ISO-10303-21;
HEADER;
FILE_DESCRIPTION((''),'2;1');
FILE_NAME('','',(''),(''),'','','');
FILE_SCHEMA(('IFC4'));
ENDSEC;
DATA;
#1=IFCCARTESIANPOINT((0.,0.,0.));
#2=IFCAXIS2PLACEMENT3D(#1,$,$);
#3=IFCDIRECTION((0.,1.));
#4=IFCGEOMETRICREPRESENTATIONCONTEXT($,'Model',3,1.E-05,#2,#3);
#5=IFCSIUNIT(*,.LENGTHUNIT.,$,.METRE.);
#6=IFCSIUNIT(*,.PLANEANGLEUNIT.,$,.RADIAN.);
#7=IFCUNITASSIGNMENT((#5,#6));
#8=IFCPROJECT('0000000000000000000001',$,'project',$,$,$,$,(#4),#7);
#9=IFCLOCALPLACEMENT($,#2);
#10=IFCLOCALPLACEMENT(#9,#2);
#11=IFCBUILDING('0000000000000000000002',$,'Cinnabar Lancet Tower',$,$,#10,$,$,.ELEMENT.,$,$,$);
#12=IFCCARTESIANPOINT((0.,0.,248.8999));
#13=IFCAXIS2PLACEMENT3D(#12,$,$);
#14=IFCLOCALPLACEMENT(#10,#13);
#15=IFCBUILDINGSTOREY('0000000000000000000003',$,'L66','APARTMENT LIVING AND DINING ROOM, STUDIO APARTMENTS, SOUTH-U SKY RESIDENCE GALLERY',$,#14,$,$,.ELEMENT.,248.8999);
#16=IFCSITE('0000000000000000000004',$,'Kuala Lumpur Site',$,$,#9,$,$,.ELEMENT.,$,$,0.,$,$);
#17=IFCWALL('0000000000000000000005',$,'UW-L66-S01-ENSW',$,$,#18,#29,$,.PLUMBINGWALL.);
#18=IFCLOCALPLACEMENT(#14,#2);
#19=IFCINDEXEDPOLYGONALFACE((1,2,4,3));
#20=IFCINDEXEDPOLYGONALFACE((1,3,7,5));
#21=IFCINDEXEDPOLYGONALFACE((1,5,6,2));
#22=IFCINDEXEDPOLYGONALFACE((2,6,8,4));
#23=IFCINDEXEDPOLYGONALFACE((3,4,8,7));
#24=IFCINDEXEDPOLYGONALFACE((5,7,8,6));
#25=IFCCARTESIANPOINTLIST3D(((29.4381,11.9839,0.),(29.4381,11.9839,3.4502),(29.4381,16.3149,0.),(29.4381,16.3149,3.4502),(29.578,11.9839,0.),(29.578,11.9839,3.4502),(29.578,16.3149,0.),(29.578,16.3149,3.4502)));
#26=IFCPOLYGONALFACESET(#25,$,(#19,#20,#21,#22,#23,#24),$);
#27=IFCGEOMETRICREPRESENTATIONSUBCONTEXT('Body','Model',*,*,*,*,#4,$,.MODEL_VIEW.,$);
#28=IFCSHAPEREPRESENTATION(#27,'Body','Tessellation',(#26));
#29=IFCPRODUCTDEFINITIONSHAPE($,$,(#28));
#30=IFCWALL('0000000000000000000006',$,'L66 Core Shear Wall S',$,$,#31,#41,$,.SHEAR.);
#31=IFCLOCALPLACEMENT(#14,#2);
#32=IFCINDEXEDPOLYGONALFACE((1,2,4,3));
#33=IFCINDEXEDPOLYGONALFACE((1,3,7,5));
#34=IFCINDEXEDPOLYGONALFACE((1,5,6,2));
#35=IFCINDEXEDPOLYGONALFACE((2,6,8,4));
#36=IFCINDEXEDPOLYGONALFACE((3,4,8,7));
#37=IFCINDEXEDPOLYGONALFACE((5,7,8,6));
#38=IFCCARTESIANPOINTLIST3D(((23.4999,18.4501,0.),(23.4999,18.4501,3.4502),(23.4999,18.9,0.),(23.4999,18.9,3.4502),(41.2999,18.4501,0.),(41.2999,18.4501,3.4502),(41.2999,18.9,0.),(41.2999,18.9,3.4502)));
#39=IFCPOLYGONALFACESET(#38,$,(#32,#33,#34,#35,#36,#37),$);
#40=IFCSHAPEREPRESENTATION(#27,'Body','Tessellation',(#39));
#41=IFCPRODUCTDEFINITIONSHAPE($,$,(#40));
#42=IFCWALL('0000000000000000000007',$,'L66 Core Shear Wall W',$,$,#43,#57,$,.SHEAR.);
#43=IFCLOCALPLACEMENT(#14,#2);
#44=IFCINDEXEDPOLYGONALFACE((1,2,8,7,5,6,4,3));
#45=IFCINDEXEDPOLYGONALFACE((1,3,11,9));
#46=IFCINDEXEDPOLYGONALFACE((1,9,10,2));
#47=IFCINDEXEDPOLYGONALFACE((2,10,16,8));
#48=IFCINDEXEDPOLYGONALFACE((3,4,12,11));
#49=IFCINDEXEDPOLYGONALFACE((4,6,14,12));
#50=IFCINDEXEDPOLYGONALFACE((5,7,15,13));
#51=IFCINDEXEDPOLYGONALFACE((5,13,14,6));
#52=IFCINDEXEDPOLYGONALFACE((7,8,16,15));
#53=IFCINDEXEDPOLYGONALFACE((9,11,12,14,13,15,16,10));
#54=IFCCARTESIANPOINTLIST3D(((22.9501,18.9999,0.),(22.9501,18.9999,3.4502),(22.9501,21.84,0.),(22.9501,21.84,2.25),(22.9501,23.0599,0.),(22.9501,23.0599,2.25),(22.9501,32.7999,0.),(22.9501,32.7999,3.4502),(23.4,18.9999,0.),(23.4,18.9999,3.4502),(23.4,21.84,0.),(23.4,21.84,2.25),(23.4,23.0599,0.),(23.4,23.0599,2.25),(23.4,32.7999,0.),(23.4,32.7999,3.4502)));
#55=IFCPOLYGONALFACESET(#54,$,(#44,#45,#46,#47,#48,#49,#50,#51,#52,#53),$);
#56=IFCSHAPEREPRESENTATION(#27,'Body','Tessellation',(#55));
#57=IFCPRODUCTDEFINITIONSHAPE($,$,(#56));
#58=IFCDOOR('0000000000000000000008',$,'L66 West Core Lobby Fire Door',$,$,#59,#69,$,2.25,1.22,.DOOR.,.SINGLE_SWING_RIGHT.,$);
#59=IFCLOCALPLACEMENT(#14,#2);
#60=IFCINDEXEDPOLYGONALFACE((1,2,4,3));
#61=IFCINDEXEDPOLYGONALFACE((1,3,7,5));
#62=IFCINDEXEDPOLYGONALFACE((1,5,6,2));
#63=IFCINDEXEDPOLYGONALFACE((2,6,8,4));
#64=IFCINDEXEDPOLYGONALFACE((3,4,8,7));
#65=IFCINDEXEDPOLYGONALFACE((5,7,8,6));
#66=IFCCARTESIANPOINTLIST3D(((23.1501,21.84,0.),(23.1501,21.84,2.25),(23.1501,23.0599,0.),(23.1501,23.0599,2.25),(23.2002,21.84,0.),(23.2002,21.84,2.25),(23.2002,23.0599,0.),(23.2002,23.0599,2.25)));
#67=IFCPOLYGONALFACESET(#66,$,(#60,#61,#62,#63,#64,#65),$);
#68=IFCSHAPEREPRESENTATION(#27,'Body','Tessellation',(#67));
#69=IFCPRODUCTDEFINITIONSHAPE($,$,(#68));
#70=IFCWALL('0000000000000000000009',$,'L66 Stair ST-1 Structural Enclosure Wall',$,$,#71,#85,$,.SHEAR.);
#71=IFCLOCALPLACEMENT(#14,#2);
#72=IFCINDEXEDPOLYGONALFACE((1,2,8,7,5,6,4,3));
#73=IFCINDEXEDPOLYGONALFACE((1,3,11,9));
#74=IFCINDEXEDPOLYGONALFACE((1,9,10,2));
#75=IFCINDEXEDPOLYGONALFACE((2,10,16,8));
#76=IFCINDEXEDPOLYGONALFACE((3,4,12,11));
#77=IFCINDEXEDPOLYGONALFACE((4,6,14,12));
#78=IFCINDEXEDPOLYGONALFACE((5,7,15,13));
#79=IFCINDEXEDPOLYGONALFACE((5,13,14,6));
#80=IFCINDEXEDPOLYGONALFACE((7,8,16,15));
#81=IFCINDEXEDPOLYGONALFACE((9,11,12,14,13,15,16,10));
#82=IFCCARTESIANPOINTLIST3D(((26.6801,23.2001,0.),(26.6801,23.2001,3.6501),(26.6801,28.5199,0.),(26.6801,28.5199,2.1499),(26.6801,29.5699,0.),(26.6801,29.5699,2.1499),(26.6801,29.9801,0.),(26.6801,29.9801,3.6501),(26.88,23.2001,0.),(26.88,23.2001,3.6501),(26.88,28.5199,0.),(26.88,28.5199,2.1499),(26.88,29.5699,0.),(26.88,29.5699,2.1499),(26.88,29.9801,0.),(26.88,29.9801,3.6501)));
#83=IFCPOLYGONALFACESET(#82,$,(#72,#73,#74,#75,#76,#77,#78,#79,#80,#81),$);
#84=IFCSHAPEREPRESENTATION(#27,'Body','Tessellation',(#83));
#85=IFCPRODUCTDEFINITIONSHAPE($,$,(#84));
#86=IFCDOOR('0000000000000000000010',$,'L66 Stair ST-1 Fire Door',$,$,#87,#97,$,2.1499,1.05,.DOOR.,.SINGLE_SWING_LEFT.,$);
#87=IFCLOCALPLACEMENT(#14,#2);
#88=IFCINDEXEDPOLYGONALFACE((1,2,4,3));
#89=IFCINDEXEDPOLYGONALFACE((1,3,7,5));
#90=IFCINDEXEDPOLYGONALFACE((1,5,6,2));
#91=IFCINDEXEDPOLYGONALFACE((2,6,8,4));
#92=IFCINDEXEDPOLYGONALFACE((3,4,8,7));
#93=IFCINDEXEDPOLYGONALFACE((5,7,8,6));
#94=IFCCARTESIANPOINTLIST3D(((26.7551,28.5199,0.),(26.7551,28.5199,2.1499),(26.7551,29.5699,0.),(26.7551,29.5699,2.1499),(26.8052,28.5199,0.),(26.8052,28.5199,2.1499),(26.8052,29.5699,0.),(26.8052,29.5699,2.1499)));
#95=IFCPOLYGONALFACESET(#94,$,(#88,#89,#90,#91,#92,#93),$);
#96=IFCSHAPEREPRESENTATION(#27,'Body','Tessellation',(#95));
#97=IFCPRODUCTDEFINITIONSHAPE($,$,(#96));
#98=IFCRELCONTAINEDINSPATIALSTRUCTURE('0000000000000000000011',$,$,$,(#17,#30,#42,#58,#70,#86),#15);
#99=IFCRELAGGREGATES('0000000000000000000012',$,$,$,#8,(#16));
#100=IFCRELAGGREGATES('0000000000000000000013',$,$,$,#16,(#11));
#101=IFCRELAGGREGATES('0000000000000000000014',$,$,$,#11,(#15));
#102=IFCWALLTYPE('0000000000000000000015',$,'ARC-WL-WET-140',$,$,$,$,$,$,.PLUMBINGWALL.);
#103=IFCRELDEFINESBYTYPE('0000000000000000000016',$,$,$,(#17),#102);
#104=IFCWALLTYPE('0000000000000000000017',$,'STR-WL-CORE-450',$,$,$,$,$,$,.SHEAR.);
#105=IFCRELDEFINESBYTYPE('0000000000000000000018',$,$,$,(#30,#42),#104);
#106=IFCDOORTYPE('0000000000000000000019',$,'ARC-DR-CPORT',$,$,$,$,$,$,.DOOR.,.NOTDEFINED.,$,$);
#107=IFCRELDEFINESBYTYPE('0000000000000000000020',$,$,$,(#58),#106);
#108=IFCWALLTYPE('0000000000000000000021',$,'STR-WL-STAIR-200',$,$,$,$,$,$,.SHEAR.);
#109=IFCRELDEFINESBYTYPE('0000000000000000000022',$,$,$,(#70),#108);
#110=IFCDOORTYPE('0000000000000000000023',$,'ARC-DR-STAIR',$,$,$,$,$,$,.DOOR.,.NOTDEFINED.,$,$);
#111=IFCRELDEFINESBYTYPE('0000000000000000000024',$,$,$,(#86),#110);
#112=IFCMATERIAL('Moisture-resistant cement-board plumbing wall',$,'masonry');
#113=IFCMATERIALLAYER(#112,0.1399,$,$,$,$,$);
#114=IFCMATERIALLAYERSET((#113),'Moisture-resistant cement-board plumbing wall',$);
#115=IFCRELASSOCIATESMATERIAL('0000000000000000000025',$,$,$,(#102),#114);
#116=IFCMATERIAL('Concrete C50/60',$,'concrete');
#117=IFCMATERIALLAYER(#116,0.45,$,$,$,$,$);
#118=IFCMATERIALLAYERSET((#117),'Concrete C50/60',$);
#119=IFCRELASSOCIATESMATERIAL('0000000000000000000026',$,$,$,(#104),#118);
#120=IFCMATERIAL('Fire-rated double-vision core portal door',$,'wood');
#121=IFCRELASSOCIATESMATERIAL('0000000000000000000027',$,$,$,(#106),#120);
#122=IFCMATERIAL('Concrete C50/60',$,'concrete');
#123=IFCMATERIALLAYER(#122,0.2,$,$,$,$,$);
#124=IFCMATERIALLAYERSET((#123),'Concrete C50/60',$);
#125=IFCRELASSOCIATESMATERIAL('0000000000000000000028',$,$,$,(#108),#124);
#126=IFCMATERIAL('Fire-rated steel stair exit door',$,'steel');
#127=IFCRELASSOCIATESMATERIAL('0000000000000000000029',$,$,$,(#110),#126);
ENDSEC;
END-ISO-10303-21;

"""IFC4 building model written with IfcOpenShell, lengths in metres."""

from ifc_helpers import new_model, si_unit, direction, frame, frame_2d, origin, place, context, subcontext, project, spatial, rectangle, extrude, material, layer, layer_set, type_object, element, fill, save


model = new_model("IFC4")

# Units and contexts
model_context = context("Model", 3, precision=1e-05, world=origin(), true_north=direction((0.0, 1.0)))
body_context = subcontext(model_context, "Body", "Model", "MODEL_VIEW")
ifc_project = project(units=[si_unit("LENGTHUNIT", "METRE"), si_unit("PLANEANGLEUNIT", "RADIAN")], contexts=[model_context])

# Site, building, storey
site_placement = place(None, origin())
site = spatial("IfcSite", under=ifc_project, at=site_placement, Name="Kuala Lumpur Site", CompositionType="ELEMENT", RefElevation=0.0)
building_placement = place(site_placement, origin())
building = spatial("IfcBuilding", under=site, at=building_placement, Name="Cinnabar Lancet Tower", CompositionType="ELEMENT")
storey_placement = place(building_placement, frame((0.0, 0.0, 248.8999)))
storey = spatial("IfcBuildingStorey", under=building, at=storey_placement, Name="L66", Description="APARTMENT LIVING AND DINING ROOM, STUDIO APARTMENTS, SOUTH-U SKY RESIDENCE GALLERY", CompositionType="ELEMENT", Elevation=248.8999)

# Walls
ifc_material_1 = material(Name="Moisture-resistant cement-board plumbing wall", Category="masonry")
ifc_layer_1 = layer(ifc_material_1, 0.1399)
ifc_layer_set_1 = layer_set([ifc_layer_1], Name="Moisture-resistant cement-board plumbing wall")
wall_type_1 = type_object("IfcWallType", Name="ARC-WL-WET-140", PredefinedType="PLUMBINGWALL", material=ifc_layer_set_1)
for number, where, z_axis, x_axis, name in (
    (1, (29.5081, 11.9839, 0.0), (0.0, 0.0, 1.0), (0.0, 1.0, 0.0), "UW-L66-S01-ENSW"),
):
    element("IfcWall", number, at=place(storey_placement, frame(where, z_axis=z_axis, x_axis=x_axis)), inside=storey, type_object=wall_type_1, Name=name, PredefinedType="PLUMBINGWALL", context=body_context, shape_type="SweptSolid", body=[
        extrude(rectangle(XDim=4.3311, YDim=0.1399, at=frame_2d((2.1655, 0.0))), origin(), (0.0, 0.0, 1.0), 3.4502),
    ])
ifc_material_2 = material(Name="Concrete C50/60", Category="concrete")
ifc_layer_2 = layer(ifc_material_2, 0.45)
ifc_layer_set_2 = layer_set([ifc_layer_2], Name="Concrete C50/60")
wall_type_2 = type_object("IfcWallType", Name="STR-WL-CORE-450", PredefinedType="SHEAR", material=ifc_layer_set_2)
wall_1_placement = place(storey_placement, frame((23.5, 18.675, 0.0), z_axis=(0.0, 0.0, 1.0), x_axis=(1.0, 0.0, 0.0)))
element("IfcWall", 2, at=wall_1_placement, inside=storey, type_object=wall_type_2, Name="L66 Core Shear Wall S", PredefinedType="SHEAR", context=body_context, shape_type="SweptSolid", body=[
    extrude(rectangle(XDim=17.8, YDim=0.45, at=frame_2d((8.8999, 0.0))), origin(), (0.0, 0.0, 1.0), 3.4502),
])

# Walls, openings, doors
wall_2_placement = place(storey_placement, frame((23.175, 19.0, 0.0), z_axis=(0.0, 0.0, 1.0), x_axis=(0.0, 1.0, 0.0)))
wall_2 = element("IfcWall", 3, at=wall_2_placement, inside=storey, type_object=wall_type_2, Name="L66 Core Shear Wall W", PredefinedType="SHEAR", context=body_context, shape_type="SweptSolid", body=[
    extrude(rectangle(XDim=13.8, YDim=0.45, at=frame_2d((6.8999, 0.0))), origin(), (0.0, 0.0, 1.0), 3.4502),
])
opening_1_placement = place(wall_2_placement, frame((2.8401, 0.0, 0.0)))
opening_1 = element("IfcOpeningElement", 4, at=opening_1_placement, cuts=wall_2, PredefinedType="OPENING", context=body_context, shape_type="SweptSolid", body=[
    extrude(rectangle(XDim=1.22, YDim=2.25, at=frame_2d((0.6099, 1.125))), frame((0.0, 0.2349, 0.0), z_axis=(0.0, -1.0, 0.0), x_axis=(1.0, 0.0, 0.0)), (0.0, 0.0, 1.0), 0.47),
])
ifc_material_3 = material(Name="Fire-rated double-vision core portal door", Category="wood")
door_type_1 = type_object("IfcDoorType", Name="ARC-DR-CPORT", OperationType="NOTDEFINED", PredefinedType="DOOR", material=ifc_material_3)
door_1_placement = place(opening_1_placement, origin())
door_1 = element("IfcDoor", 5, at=door_1_placement, inside=storey, type_object=door_type_1, Name="L66 West Core Lobby Fire Door", OperationType="SINGLE_SWING_RIGHT", OverallHeight=2.25, OverallWidth=1.22, PredefinedType="DOOR", context=body_context, shape_type="SweptSolid", body=[
    extrude(rectangle(XDim=1.22, YDim=2.25, at=frame_2d((0.6099, 1.125))), frame((0.0, 0.0249, 0.0), z_axis=(0.0, -1.0, 0.0), x_axis=(1.0, 0.0, 0.0)), (0.0, 0.0, 1.0), 0.05),
])
fill(opening_1, door_1)
ifc_material_4 = material(Name="Concrete C50/60", Category="concrete")
ifc_layer_3 = layer(ifc_material_4, 0.2)
ifc_layer_set_3 = layer_set([ifc_layer_3], Name="Concrete C50/60")
wall_type_3 = type_object("IfcWallType", Name="STR-WL-STAIR-200", PredefinedType="SHEAR", material=ifc_layer_set_3)
wall_3_placement = place(storey_placement, frame((26.78, 23.2, 0.0), z_axis=(0.0, 0.0, 1.0), x_axis=(0.0, 1.0, 0.0)))
wall_3 = element("IfcWall", 6, at=wall_3_placement, inside=storey, type_object=wall_type_3, Name="L66 Stair ST-1 Structural Enclosure Wall", PredefinedType="SHEAR", context=body_context, shape_type="SweptSolid", body=[
    extrude(rectangle(XDim=6.78, YDim=0.2, at=frame_2d((3.3901, 0.0))), origin(), (0.0, 0.0, 1.0), 3.6501),
])
opening_2_placement = place(wall_3_placement, frame((5.3201, 0.0, 0.0)))
opening_2 = element("IfcOpeningElement", 7, at=opening_2_placement, cuts=wall_3, PredefinedType="OPENING", context=body_context, shape_type="SweptSolid", body=[
    extrude(rectangle(XDim=1.05, YDim=2.1499, at=frame_2d((0.5249, 1.075))), frame((0.0, 0.1099, 0.0), z_axis=(0.0, -1.0, 0.0), x_axis=(1.0, 0.0, 0.0)), (0.0, 0.0, 1.0), 0.22),
])
ifc_material_5 = material(Name="Fire-rated steel stair exit door", Category="steel")
door_type_2 = type_object("IfcDoorType", Name="ARC-DR-STAIR", OperationType="NOTDEFINED", PredefinedType="DOOR", material=ifc_material_5)
door_2_placement = place(opening_2_placement, origin())
door_2 = element("IfcDoor", 8, at=door_2_placement, inside=storey, type_object=door_type_2, Name="L66 Stair ST-1 Fire Door", OperationType="SINGLE_SWING_LEFT", OverallHeight=2.1499, OverallWidth=1.05, PredefinedType="DOOR", context=body_context, shape_type="SweptSolid", body=[
    extrude(rectangle(XDim=1.05, YDim=2.1499, at=frame_2d((0.5249, 1.075))), frame((0.0, 0.0249, 0.0), z_axis=(0.0, -1.0, 0.0), x_axis=(1.0, 0.0, 0.0)), (0.0, 0.0, 1.0), 0.05),
])
fill(opening_2, door_2)

save(model, "model.ifc")
